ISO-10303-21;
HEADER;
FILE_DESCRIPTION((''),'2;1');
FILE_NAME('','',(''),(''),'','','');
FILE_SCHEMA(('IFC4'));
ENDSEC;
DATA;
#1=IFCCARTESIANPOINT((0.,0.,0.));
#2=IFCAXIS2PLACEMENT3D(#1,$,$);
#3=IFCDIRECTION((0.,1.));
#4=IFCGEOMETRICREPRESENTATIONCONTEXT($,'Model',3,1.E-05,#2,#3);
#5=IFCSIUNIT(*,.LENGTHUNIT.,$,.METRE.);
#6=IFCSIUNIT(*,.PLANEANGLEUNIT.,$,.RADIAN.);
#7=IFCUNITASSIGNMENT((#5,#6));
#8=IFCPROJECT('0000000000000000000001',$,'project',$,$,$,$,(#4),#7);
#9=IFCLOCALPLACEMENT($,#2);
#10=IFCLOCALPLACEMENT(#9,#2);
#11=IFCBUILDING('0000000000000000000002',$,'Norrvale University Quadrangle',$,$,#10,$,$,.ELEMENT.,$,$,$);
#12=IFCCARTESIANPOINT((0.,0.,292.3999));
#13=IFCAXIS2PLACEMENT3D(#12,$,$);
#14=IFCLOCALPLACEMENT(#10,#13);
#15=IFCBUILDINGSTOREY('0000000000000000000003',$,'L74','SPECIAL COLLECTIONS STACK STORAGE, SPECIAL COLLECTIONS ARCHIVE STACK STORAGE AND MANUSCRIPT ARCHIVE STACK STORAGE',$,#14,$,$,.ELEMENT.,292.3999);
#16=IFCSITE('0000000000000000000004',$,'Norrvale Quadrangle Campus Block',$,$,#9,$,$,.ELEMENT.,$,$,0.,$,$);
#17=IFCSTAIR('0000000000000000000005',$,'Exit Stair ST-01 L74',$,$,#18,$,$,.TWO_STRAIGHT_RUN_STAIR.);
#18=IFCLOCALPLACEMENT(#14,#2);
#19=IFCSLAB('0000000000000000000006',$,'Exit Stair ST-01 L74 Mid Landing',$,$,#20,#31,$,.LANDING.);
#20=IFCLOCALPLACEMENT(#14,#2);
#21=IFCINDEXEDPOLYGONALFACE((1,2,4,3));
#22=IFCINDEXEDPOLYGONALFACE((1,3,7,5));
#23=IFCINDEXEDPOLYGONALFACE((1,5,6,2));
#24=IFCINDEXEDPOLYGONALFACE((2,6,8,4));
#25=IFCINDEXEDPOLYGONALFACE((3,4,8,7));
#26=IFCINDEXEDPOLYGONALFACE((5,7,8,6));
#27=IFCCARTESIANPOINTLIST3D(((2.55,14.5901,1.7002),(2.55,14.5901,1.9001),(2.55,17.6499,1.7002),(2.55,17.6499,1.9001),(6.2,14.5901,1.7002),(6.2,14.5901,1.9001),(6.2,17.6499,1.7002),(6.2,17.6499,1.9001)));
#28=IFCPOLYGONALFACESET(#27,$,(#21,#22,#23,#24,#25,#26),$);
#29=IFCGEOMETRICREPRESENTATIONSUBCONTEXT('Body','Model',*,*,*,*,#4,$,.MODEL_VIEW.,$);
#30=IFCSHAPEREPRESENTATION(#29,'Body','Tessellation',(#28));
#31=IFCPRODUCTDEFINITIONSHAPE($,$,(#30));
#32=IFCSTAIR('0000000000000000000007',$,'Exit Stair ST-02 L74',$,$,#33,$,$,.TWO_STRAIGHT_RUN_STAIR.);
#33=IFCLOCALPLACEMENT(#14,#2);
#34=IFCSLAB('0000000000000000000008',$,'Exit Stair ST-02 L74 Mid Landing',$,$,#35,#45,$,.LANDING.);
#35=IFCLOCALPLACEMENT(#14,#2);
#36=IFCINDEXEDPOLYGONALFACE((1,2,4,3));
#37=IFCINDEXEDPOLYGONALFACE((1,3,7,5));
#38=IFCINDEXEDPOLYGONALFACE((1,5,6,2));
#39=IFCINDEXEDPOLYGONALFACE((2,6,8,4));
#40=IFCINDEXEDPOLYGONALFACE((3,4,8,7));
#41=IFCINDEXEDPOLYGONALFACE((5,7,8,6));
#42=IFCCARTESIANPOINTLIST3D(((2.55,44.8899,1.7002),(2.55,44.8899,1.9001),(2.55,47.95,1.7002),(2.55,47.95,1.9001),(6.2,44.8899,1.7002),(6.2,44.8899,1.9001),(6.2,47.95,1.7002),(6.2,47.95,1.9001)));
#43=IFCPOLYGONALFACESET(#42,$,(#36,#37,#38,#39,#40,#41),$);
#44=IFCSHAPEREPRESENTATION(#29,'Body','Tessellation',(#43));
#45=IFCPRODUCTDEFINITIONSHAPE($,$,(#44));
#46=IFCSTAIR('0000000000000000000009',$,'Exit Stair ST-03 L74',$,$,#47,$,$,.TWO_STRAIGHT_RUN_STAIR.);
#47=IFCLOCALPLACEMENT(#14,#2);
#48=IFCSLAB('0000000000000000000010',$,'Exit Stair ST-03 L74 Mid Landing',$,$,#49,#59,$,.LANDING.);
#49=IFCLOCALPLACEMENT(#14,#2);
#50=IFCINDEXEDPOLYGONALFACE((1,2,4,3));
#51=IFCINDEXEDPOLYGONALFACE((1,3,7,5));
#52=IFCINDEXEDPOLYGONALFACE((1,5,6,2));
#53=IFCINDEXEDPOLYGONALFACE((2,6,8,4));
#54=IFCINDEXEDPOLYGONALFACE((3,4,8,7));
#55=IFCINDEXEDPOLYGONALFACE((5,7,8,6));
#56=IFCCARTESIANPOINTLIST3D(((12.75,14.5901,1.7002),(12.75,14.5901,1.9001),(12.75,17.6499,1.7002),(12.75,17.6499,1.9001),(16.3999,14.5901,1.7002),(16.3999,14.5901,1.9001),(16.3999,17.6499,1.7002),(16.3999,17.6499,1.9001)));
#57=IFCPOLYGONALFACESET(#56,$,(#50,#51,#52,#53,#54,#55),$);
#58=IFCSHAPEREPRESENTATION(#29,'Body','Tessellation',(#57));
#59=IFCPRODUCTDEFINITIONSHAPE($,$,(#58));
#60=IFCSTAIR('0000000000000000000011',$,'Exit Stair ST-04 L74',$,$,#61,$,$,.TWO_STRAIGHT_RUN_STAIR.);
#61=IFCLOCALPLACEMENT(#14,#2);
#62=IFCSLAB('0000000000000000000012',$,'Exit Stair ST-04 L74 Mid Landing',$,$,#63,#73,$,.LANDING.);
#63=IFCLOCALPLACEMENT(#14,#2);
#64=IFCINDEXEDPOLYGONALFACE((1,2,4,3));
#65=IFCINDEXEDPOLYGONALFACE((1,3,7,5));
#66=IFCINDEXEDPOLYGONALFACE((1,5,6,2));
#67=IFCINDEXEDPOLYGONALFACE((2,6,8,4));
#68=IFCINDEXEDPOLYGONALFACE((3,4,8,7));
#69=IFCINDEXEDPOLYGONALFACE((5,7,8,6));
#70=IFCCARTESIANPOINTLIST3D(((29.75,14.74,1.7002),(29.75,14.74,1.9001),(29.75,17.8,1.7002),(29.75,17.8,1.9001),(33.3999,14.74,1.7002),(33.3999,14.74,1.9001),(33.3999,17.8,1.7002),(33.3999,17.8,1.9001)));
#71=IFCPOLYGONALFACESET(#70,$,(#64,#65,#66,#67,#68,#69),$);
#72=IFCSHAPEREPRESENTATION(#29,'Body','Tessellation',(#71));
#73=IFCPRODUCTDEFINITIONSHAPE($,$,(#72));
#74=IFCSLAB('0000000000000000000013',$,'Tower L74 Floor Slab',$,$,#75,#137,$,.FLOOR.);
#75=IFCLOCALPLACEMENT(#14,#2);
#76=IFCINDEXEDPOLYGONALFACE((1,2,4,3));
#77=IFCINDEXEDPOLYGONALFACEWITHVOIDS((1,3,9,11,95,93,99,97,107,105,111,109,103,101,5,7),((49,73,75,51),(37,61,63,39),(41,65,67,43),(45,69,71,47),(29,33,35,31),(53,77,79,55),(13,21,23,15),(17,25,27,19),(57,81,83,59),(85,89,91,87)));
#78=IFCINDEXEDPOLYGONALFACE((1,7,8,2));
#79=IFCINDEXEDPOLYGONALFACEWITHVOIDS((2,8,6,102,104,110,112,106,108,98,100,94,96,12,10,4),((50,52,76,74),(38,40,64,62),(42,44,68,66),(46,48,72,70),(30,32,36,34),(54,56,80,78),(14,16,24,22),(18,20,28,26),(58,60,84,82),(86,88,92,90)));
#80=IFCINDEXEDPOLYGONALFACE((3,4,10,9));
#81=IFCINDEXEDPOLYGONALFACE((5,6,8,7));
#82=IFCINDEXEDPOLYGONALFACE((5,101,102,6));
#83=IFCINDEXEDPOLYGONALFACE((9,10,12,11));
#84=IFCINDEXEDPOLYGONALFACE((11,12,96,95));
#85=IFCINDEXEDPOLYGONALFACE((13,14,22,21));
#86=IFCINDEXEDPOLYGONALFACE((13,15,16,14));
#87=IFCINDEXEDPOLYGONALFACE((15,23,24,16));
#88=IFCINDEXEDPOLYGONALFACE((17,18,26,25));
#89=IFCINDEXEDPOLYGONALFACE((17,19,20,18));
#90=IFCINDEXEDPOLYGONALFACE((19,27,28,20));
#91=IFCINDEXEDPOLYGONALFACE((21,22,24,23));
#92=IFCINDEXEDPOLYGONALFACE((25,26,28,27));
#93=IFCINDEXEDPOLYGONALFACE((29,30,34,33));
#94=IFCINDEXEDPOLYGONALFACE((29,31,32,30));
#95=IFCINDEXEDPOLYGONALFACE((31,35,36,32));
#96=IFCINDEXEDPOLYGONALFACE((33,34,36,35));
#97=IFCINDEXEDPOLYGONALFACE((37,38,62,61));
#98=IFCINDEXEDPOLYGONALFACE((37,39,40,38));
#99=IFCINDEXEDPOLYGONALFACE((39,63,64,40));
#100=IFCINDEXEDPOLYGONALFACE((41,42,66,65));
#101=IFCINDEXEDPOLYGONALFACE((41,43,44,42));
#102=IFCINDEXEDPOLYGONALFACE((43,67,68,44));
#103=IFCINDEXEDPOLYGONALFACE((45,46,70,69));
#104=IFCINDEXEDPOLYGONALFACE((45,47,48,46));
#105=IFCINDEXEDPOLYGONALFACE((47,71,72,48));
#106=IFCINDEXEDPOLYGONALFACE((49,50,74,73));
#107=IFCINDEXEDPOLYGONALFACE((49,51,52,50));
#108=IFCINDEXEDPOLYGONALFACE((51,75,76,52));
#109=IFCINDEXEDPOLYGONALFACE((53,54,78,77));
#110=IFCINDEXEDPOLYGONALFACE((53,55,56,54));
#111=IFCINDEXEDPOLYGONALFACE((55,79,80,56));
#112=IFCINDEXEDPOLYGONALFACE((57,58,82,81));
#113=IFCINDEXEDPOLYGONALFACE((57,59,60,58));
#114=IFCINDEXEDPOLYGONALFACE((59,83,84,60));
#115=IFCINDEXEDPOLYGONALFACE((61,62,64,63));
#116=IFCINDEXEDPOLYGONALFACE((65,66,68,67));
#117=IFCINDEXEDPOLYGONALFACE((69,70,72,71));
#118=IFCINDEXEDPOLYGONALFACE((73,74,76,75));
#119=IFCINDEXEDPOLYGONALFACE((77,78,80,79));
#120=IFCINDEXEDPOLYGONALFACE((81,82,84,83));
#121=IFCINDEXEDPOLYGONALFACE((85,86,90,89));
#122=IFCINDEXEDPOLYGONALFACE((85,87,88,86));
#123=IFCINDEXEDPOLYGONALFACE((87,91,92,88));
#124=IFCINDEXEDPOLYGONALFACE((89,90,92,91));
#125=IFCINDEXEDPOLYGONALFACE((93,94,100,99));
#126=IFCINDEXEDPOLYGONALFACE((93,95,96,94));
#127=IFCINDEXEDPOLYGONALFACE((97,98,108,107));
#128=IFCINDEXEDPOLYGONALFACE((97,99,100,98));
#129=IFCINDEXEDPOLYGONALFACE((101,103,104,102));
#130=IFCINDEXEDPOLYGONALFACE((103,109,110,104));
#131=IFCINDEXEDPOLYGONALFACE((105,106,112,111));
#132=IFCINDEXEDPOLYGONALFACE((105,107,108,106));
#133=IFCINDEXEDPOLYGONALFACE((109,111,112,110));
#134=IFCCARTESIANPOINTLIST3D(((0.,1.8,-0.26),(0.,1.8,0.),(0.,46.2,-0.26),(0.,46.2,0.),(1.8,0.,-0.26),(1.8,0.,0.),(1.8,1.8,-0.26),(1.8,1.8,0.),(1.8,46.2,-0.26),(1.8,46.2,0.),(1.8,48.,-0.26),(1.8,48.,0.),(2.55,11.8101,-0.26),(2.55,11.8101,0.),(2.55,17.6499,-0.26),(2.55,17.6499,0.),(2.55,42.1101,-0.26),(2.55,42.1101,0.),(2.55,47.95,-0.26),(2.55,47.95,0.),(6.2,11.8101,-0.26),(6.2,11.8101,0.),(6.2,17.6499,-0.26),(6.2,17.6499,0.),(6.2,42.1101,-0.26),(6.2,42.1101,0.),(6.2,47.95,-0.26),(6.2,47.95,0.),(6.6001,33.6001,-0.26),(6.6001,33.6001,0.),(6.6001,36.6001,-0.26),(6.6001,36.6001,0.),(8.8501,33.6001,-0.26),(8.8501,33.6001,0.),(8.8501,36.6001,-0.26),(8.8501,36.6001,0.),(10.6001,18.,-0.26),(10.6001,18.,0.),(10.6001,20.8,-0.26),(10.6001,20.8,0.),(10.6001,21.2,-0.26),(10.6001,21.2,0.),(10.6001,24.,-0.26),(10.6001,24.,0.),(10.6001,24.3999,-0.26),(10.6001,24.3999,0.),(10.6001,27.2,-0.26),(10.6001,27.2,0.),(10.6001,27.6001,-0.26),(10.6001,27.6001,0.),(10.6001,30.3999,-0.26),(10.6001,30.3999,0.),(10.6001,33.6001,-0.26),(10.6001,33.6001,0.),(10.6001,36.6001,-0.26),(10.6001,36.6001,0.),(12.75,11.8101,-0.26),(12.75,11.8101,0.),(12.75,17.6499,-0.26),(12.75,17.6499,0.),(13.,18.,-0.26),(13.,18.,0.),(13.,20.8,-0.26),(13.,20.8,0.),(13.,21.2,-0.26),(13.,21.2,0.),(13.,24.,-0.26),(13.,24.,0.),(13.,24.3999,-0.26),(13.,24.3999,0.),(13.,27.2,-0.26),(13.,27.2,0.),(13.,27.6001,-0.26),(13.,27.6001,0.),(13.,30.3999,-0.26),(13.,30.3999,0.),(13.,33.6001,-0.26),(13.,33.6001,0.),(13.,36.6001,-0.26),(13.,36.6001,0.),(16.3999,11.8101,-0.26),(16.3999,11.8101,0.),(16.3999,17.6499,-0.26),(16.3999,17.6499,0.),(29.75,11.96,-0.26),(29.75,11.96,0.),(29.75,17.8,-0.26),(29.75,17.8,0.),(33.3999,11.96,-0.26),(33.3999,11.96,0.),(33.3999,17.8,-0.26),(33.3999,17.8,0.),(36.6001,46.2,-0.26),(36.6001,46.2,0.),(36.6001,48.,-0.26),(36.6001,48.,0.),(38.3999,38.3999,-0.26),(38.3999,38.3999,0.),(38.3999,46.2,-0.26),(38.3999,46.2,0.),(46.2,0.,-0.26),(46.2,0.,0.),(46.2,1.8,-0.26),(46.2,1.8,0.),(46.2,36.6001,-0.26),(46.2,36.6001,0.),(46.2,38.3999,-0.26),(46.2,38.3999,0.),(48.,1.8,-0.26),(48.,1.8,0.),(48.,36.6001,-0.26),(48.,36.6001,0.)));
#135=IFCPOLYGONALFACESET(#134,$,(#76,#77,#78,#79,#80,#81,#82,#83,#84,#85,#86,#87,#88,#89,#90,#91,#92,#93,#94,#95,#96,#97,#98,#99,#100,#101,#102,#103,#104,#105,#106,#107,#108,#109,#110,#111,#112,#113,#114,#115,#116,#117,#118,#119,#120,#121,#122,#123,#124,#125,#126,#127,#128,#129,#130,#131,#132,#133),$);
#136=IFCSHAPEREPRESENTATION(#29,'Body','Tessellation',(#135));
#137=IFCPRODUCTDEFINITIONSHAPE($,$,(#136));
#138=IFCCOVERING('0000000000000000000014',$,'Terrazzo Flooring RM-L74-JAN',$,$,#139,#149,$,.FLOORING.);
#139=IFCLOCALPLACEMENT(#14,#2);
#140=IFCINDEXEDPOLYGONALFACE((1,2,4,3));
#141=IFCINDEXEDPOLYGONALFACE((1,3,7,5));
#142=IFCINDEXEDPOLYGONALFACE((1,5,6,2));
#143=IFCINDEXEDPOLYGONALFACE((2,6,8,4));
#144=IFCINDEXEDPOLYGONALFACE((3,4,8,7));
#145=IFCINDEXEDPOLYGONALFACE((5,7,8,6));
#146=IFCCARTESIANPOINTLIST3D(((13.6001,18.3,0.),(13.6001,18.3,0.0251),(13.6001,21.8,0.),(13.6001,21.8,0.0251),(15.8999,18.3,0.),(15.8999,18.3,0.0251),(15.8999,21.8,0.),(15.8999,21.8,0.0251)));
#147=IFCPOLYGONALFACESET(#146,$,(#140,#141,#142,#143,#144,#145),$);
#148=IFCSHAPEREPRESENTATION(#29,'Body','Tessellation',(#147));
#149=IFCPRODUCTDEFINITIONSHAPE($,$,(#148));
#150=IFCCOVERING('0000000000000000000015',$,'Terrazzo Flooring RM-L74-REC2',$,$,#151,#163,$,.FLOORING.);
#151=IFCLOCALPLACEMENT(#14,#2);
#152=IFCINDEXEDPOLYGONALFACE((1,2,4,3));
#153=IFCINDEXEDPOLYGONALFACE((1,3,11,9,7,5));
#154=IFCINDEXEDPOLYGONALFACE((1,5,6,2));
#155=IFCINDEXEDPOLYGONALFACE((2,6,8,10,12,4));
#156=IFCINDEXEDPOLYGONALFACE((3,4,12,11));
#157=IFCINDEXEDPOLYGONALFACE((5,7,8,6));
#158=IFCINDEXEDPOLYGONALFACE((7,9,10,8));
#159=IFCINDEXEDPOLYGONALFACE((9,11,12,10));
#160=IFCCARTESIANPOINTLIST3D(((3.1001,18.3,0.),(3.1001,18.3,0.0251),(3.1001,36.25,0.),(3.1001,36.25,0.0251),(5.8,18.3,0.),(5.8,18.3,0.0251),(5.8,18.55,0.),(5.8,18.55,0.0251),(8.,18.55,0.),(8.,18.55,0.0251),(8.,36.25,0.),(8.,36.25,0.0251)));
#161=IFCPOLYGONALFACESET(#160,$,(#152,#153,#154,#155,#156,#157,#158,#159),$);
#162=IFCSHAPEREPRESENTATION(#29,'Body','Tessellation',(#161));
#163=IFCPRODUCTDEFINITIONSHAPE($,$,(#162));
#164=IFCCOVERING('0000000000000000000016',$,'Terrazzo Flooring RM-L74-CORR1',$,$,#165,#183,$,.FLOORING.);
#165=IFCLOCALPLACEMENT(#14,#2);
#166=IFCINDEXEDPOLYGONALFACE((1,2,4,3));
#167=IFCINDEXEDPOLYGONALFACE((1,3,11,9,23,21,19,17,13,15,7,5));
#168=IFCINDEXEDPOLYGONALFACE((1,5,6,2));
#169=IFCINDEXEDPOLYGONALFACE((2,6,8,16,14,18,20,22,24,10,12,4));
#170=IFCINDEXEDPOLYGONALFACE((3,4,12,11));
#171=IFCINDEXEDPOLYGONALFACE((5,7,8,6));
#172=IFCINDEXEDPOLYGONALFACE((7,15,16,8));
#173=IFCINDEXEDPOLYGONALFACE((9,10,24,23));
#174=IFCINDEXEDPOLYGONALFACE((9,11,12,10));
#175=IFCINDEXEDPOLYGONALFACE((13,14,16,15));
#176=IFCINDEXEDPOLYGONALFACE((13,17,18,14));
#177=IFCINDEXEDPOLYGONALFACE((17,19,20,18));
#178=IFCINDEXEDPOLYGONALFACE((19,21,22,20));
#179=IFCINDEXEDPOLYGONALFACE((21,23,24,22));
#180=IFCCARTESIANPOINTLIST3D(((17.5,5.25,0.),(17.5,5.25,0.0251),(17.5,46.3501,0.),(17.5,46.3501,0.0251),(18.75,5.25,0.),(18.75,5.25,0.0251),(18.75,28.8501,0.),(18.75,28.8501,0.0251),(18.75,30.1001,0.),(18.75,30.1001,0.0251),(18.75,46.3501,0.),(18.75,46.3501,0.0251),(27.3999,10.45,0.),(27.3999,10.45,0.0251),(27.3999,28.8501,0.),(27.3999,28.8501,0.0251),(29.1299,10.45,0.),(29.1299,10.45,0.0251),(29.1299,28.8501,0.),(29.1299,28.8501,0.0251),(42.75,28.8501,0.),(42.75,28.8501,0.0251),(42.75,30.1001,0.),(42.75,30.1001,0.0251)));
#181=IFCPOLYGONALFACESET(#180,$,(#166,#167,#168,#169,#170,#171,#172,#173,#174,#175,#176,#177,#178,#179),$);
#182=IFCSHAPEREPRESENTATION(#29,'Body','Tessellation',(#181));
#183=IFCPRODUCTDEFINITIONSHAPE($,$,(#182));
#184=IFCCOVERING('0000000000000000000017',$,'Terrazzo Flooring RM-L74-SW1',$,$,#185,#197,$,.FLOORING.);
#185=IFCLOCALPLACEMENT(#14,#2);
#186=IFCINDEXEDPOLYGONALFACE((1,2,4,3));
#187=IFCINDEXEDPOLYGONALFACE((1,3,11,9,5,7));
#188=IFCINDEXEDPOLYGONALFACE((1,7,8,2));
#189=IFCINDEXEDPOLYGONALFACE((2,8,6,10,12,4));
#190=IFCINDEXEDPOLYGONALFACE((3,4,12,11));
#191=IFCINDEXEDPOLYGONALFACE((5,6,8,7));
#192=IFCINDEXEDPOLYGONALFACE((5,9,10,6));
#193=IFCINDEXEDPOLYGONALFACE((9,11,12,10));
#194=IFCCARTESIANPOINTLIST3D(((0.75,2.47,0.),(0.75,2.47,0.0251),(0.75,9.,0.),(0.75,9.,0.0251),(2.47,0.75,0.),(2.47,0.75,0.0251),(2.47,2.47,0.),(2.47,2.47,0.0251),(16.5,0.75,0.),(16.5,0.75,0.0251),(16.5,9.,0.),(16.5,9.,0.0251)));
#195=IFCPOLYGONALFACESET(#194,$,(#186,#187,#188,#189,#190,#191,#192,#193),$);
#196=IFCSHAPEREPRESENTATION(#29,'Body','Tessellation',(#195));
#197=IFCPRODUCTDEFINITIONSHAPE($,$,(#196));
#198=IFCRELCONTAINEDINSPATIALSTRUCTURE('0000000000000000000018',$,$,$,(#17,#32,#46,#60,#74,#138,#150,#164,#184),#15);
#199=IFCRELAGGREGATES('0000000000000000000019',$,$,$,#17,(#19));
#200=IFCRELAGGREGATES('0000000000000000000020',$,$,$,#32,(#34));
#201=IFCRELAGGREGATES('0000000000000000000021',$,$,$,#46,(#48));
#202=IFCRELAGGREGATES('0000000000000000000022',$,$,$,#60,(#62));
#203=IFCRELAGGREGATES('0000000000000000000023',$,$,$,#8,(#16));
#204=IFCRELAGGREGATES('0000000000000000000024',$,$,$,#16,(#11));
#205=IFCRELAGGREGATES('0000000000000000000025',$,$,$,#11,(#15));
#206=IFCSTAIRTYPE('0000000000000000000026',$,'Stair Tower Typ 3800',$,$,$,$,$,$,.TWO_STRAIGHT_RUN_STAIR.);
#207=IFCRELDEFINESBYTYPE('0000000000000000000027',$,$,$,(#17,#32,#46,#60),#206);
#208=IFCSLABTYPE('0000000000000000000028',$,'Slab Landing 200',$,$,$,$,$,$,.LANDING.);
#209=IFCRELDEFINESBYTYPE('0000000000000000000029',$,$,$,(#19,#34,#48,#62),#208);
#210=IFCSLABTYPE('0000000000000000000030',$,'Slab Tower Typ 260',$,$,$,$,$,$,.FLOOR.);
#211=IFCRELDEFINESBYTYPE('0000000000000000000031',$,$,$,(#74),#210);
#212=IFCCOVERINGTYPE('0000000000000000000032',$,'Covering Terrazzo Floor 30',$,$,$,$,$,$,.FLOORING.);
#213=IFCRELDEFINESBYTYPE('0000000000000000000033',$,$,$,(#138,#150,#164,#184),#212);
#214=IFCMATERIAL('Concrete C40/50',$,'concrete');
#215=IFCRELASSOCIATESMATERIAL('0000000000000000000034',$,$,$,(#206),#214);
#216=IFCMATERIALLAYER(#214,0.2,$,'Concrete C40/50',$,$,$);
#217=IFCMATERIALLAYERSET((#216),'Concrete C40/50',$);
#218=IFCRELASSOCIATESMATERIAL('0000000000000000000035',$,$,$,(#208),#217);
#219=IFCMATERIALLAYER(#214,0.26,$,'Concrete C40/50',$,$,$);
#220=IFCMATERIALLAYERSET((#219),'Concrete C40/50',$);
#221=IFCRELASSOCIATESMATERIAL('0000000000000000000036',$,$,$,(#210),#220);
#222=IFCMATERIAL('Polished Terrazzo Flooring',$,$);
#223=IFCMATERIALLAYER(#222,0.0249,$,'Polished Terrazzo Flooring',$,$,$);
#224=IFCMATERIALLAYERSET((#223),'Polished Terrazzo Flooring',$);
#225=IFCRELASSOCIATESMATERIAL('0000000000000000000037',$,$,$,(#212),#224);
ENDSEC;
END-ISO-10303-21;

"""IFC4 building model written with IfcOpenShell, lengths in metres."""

from ifc_helpers import new_model, si_unit, direction, frame, origin, place, context, subcontext, project, spatial, polyline, outline, extrude, material, layer, layer_set, type_object, element, aggregate, save


model = new_model("IFC4")

# Units and contexts
model_context = context("Model", 3, precision=1e-05, world=origin(), true_north=direction((0.0, 1.0)))
body_context = subcontext(model_context, "Body", "Model", "MODEL_VIEW")
ifc_project = project(units=[si_unit("LENGTHUNIT", "METRE"), si_unit("PLANEANGLEUNIT", "RADIAN")], contexts=[model_context])

# Site, building, storey
site_placement = place(None, origin())
site = spatial("IfcSite", under=ifc_project, at=site_placement, Name="Norrvale Quadrangle Campus Block", CompositionType="ELEMENT", RefElevation=0.0)
building_placement = place(site_placement, origin())
building = spatial("IfcBuilding", under=site, at=building_placement, Name="Norrvale University Quadrangle", CompositionType="ELEMENT")
storey_placement = place(building_placement, frame((0.0, 0.0, 292.3999)))
storey = spatial("IfcBuildingStorey", under=building, at=storey_placement, Name="L74", Description="SPECIAL COLLECTIONS STACK STORAGE, SPECIAL COLLECTIONS ARCHIVE STACK STORAGE AND MANUSCRIPT ARCHIVE STACK STORAGE", CompositionType="ELEMENT", Elevation=292.3999)

# Stairs, slabs
ifc_material_1 = material(Name="Concrete C40/50", Category="concrete")
stair_type = type_object("IfcStairType", Name="Stair Tower Typ 3800", PredefinedType="TWO_STRAIGHT_RUN_STAIR", material=ifc_material_1)
stair_1_placement = place(storey_placement, origin())
stair_1 = element("IfcStair", 1, at=stair_1_placement, inside=storey, type_object=stair_type, Name="Exit Stair ST-01 L74", PredefinedType="TWO_STRAIGHT_RUN_STAIR")
ifc_layer_1 = layer(ifc_material_1, 0.2, Name="Concrete C40/50")
ifc_layer_set_1 = layer_set([ifc_layer_1], Name="Concrete C40/50")
slab_type_1 = type_object("IfcSlabType", Name="Slab Landing 200", PredefinedType="LANDING", material=ifc_layer_set_1)
slab_1_placement = place(storey_placement, frame((0.0, 0.0, 1.7002)))
slab_1 = element("IfcSlab", 2, at=slab_1_placement, type_object=slab_type_1, Name="Exit Stair ST-01 L74 Mid Landing", PredefinedType="LANDING", context=body_context, shape_type="SweptSolid", body=[
    extrude(outline(polyline([(2.55, 14.5901), (6.2, 14.5901), (6.2, 17.6499), (2.55, 17.6499), (2.55, 14.5901)])), origin(), (0.0, 0.0, 1.0), 0.2),
])
aggregate(stair_1, [slab_1])
stair_2_placement = place(storey_placement, origin())
stair_2 = element("IfcStair", 3, at=stair_2_placement, inside=storey, type_object=stair_type, Name="Exit Stair ST-02 L74", PredefinedType="TWO_STRAIGHT_RUN_STAIR")
slab_2_placement = place(storey_placement, frame((0.0, 0.0, 1.7002)))
slab_2 = element("IfcSlab", 4, at=slab_2_placement, type_object=slab_type_1, Name="Exit Stair ST-02 L74 Mid Landing", PredefinedType="LANDING", context=body_context, shape_type="SweptSolid", body=[
    extrude(outline(polyline([(2.55, 44.8899), (6.2, 44.8899), (6.2, 47.95), (2.55, 47.95), (2.55, 44.8899)])), origin(), (0.0, 0.0, 1.0), 0.2),
])
aggregate(stair_2, [slab_2])
stair_3_placement = place(storey_placement, origin())
stair_3 = element("IfcStair", 5, at=stair_3_placement, inside=storey, type_object=stair_type, Name="Exit Stair ST-03 L74", PredefinedType="TWO_STRAIGHT_RUN_STAIR")
slab_3_placement = place(storey_placement, frame((0.0, 0.0, 1.7002)))
slab_3 = element("IfcSlab", 6, at=slab_3_placement, type_object=slab_type_1, Name="Exit Stair ST-03 L74 Mid Landing", PredefinedType="LANDING", context=body_context, shape_type="SweptSolid", body=[
    extrude(outline(polyline([(12.75, 14.5901), (16.3999, 14.5901), (16.3999, 17.6499), (12.75, 17.6499), (12.75, 14.5901)])), origin(), (0.0, 0.0, 1.0), 0.2),
])
aggregate(stair_3, [slab_3])
stair_4_placement = place(storey_placement, origin())
stair_4 = element("IfcStair", 7, at=stair_4_placement, inside=storey, type_object=stair_type, Name="Exit Stair ST-04 L74", PredefinedType="TWO_STRAIGHT_RUN_STAIR")
slab_4_placement = place(storey_placement, frame((0.0, 0.0, 1.7002)))
slab_4 = element("IfcSlab", 8, at=slab_4_placement, type_object=slab_type_1, Name="Exit Stair ST-04 L74 Mid Landing", PredefinedType="LANDING", context=body_context, shape_type="SweptSolid", body=[
    extrude(outline(polyline([(29.75, 14.74), (33.3999, 14.74), (33.3999, 17.8), (29.75, 17.8), (29.75, 14.74)])), origin(), (0.0, 0.0, 1.0), 0.2),
])
aggregate(stair_4, [slab_4])

# Slab
ifc_layer_2 = layer(ifc_material_1, 0.26, Name="Concrete C40/50")
ifc_layer_set_2 = layer_set([ifc_layer_2], Name="Concrete C40/50")
slab_type_2 = type_object("IfcSlabType", Name="Slab Tower Typ 260", PredefinedType="FLOOR", material=ifc_layer_set_2)
slab_5_placement = place(storey_placement, frame((0.0, 0.0, -0.26)))
element("IfcSlab", 9, at=slab_5_placement, inside=storey, type_object=slab_type_2, Name="Tower L74 Floor Slab", PredefinedType="FLOOR", context=body_context, shape_type="SweptSolid", body=[
    extrude(outline(polyline([(1.8, 0.0), (46.2, 0.0), (46.2, 1.8), (48.0, 1.8), (48.0, 36.6001), (46.2, 36.6001), (46.2, 38.3999), (38.3999, 38.3999), (38.3999, 46.2), (36.6001, 46.2), (36.6001, 48.0), (1.8, 48.0), (1.8, 46.2), (0.0, 46.2), (0.0, 1.8), (1.8, 1.8), (1.8, 0.0)]), holes=[polyline([(2.55, 11.8101), (6.2, 11.8101), (6.2, 17.6499), (2.55, 17.6499), (2.55, 11.8101)]), polyline([(2.55, 42.1101), (6.2, 42.1101), (6.2, 47.95), (2.55, 47.95), (2.55, 42.1101)]), polyline([(12.75, 11.8101), (16.3999, 11.8101), (16.3999, 17.6499), (12.75, 17.6499), (12.75, 11.8101)]), polyline([(29.75, 11.96), (33.3999, 11.96), (33.3999, 17.8), (29.75, 17.8), (29.75, 11.96)]), polyline([(10.6001, 18.0), (13.0, 18.0), (13.0, 20.8), (10.6001, 20.8), (10.6001, 18.0)]), polyline([(10.6001, 21.2), (13.0, 21.2), (13.0, 24.0), (10.6001, 24.0), (10.6001, 21.2)]), polyline([(10.6001, 24.3999), (13.0, 24.3999), (13.0, 27.2), (10.6001, 27.2), (10.6001, 24.3999)]), polyline([(10.6001, 27.6001), (13.0, 27.6001), (13.0, 30.3999), (10.6001, 30.3999), (10.6001, 27.6001)]), polyline([(6.6001, 33.6001), (8.8501, 33.6001), (8.8501, 36.6001), (6.6001, 36.6001), (6.6001, 33.6001)]), polyline([(10.6001, 33.6001), (13.0, 33.6001), (13.0, 36.6001), (10.6001, 36.6001), (10.6001, 33.6001)])]), origin(), (0.0, 0.0, 1.0), 0.26),
])

# Coverings
ifc_material_2 = material(Name="Polished Terrazzo Flooring")
ifc_layer_3 = layer(ifc_material_2, 0.0249, Name="Polished Terrazzo Flooring")
ifc_layer_set_3 = layer_set([ifc_layer_3], Name="Polished Terrazzo Flooring")
covering_type = type_object("IfcCoveringType", Name="Covering Terrazzo Floor 30", PredefinedType="FLOORING", material=ifc_layer_set_3)
covering_1_placement = place(storey_placement, origin())
element("IfcCovering", 10, at=covering_1_placement, inside=storey, type_object=covering_type, Name="Terrazzo Flooring RM-L74-JAN", PredefinedType="FLOORING", context=body_context, shape_type="SweptSolid", body=[
    extrude(outline(polyline([(13.6001, 18.3), (13.6001, 21.8), (15.8999, 21.8), (15.8999, 18.3), (13.6001, 18.3)])), origin(), (0.0, 0.0, 1.0), 0.0251),
])
covering_2_placement = place(storey_placement, origin())
element("IfcCovering", 11, at=covering_2_placement, inside=storey, type_object=covering_type, Name="Terrazzo Flooring RM-L74-REC2", PredefinedType="FLOORING", context=body_context, shape_type="SweptSolid", body=[
    extrude(outline(polyline([(3.1001, 18.3), (3.1001, 36.25), (8.0, 36.25), (8.0, 18.55), (5.8, 18.55), (5.8, 18.3), (3.1001, 18.3)])), origin(), (0.0, 0.0, 1.0), 0.0251),
])
covering_3_placement = place(storey_placement, origin())
element("IfcCovering", 12, at=covering_3_placement, inside=storey, type_object=covering_type, Name="Terrazzo Flooring RM-L74-CORR1", PredefinedType="FLOORING", context=body_context, shape_type="SweptSolid", body=[
    extrude(outline(polyline([(17.5, 5.25), (17.5, 46.3501), (18.75, 46.3501), (18.75, 30.1001), (42.75, 30.1001), (42.75, 28.8501), (29.1299, 28.8501), (29.1299, 10.45), (27.3999, 10.45), (27.3999, 28.8501), (18.75, 28.8501), (18.75, 5.25), (17.5, 5.25)])), origin(), (0.0, 0.0, 1.0), 0.0251),
])
covering_4_placement = place(storey_placement, origin())
element("IfcCovering", 13, at=covering_4_placement, inside=storey, type_object=covering_type, Name="Terrazzo Flooring RM-L74-SW1", PredefinedType="FLOORING", context=body_context, shape_type="SweptSolid", body=[
    extrude(outline(polyline([(0.75, 9.0), (16.5, 9.0), (16.5, 0.75), (2.47, 0.75), (2.47, 2.47), (0.75, 2.47), (0.75, 9.0)])), origin(), (0.0, 0.0, 1.0), 0.0251),
])

save(model, "model.ifc")
